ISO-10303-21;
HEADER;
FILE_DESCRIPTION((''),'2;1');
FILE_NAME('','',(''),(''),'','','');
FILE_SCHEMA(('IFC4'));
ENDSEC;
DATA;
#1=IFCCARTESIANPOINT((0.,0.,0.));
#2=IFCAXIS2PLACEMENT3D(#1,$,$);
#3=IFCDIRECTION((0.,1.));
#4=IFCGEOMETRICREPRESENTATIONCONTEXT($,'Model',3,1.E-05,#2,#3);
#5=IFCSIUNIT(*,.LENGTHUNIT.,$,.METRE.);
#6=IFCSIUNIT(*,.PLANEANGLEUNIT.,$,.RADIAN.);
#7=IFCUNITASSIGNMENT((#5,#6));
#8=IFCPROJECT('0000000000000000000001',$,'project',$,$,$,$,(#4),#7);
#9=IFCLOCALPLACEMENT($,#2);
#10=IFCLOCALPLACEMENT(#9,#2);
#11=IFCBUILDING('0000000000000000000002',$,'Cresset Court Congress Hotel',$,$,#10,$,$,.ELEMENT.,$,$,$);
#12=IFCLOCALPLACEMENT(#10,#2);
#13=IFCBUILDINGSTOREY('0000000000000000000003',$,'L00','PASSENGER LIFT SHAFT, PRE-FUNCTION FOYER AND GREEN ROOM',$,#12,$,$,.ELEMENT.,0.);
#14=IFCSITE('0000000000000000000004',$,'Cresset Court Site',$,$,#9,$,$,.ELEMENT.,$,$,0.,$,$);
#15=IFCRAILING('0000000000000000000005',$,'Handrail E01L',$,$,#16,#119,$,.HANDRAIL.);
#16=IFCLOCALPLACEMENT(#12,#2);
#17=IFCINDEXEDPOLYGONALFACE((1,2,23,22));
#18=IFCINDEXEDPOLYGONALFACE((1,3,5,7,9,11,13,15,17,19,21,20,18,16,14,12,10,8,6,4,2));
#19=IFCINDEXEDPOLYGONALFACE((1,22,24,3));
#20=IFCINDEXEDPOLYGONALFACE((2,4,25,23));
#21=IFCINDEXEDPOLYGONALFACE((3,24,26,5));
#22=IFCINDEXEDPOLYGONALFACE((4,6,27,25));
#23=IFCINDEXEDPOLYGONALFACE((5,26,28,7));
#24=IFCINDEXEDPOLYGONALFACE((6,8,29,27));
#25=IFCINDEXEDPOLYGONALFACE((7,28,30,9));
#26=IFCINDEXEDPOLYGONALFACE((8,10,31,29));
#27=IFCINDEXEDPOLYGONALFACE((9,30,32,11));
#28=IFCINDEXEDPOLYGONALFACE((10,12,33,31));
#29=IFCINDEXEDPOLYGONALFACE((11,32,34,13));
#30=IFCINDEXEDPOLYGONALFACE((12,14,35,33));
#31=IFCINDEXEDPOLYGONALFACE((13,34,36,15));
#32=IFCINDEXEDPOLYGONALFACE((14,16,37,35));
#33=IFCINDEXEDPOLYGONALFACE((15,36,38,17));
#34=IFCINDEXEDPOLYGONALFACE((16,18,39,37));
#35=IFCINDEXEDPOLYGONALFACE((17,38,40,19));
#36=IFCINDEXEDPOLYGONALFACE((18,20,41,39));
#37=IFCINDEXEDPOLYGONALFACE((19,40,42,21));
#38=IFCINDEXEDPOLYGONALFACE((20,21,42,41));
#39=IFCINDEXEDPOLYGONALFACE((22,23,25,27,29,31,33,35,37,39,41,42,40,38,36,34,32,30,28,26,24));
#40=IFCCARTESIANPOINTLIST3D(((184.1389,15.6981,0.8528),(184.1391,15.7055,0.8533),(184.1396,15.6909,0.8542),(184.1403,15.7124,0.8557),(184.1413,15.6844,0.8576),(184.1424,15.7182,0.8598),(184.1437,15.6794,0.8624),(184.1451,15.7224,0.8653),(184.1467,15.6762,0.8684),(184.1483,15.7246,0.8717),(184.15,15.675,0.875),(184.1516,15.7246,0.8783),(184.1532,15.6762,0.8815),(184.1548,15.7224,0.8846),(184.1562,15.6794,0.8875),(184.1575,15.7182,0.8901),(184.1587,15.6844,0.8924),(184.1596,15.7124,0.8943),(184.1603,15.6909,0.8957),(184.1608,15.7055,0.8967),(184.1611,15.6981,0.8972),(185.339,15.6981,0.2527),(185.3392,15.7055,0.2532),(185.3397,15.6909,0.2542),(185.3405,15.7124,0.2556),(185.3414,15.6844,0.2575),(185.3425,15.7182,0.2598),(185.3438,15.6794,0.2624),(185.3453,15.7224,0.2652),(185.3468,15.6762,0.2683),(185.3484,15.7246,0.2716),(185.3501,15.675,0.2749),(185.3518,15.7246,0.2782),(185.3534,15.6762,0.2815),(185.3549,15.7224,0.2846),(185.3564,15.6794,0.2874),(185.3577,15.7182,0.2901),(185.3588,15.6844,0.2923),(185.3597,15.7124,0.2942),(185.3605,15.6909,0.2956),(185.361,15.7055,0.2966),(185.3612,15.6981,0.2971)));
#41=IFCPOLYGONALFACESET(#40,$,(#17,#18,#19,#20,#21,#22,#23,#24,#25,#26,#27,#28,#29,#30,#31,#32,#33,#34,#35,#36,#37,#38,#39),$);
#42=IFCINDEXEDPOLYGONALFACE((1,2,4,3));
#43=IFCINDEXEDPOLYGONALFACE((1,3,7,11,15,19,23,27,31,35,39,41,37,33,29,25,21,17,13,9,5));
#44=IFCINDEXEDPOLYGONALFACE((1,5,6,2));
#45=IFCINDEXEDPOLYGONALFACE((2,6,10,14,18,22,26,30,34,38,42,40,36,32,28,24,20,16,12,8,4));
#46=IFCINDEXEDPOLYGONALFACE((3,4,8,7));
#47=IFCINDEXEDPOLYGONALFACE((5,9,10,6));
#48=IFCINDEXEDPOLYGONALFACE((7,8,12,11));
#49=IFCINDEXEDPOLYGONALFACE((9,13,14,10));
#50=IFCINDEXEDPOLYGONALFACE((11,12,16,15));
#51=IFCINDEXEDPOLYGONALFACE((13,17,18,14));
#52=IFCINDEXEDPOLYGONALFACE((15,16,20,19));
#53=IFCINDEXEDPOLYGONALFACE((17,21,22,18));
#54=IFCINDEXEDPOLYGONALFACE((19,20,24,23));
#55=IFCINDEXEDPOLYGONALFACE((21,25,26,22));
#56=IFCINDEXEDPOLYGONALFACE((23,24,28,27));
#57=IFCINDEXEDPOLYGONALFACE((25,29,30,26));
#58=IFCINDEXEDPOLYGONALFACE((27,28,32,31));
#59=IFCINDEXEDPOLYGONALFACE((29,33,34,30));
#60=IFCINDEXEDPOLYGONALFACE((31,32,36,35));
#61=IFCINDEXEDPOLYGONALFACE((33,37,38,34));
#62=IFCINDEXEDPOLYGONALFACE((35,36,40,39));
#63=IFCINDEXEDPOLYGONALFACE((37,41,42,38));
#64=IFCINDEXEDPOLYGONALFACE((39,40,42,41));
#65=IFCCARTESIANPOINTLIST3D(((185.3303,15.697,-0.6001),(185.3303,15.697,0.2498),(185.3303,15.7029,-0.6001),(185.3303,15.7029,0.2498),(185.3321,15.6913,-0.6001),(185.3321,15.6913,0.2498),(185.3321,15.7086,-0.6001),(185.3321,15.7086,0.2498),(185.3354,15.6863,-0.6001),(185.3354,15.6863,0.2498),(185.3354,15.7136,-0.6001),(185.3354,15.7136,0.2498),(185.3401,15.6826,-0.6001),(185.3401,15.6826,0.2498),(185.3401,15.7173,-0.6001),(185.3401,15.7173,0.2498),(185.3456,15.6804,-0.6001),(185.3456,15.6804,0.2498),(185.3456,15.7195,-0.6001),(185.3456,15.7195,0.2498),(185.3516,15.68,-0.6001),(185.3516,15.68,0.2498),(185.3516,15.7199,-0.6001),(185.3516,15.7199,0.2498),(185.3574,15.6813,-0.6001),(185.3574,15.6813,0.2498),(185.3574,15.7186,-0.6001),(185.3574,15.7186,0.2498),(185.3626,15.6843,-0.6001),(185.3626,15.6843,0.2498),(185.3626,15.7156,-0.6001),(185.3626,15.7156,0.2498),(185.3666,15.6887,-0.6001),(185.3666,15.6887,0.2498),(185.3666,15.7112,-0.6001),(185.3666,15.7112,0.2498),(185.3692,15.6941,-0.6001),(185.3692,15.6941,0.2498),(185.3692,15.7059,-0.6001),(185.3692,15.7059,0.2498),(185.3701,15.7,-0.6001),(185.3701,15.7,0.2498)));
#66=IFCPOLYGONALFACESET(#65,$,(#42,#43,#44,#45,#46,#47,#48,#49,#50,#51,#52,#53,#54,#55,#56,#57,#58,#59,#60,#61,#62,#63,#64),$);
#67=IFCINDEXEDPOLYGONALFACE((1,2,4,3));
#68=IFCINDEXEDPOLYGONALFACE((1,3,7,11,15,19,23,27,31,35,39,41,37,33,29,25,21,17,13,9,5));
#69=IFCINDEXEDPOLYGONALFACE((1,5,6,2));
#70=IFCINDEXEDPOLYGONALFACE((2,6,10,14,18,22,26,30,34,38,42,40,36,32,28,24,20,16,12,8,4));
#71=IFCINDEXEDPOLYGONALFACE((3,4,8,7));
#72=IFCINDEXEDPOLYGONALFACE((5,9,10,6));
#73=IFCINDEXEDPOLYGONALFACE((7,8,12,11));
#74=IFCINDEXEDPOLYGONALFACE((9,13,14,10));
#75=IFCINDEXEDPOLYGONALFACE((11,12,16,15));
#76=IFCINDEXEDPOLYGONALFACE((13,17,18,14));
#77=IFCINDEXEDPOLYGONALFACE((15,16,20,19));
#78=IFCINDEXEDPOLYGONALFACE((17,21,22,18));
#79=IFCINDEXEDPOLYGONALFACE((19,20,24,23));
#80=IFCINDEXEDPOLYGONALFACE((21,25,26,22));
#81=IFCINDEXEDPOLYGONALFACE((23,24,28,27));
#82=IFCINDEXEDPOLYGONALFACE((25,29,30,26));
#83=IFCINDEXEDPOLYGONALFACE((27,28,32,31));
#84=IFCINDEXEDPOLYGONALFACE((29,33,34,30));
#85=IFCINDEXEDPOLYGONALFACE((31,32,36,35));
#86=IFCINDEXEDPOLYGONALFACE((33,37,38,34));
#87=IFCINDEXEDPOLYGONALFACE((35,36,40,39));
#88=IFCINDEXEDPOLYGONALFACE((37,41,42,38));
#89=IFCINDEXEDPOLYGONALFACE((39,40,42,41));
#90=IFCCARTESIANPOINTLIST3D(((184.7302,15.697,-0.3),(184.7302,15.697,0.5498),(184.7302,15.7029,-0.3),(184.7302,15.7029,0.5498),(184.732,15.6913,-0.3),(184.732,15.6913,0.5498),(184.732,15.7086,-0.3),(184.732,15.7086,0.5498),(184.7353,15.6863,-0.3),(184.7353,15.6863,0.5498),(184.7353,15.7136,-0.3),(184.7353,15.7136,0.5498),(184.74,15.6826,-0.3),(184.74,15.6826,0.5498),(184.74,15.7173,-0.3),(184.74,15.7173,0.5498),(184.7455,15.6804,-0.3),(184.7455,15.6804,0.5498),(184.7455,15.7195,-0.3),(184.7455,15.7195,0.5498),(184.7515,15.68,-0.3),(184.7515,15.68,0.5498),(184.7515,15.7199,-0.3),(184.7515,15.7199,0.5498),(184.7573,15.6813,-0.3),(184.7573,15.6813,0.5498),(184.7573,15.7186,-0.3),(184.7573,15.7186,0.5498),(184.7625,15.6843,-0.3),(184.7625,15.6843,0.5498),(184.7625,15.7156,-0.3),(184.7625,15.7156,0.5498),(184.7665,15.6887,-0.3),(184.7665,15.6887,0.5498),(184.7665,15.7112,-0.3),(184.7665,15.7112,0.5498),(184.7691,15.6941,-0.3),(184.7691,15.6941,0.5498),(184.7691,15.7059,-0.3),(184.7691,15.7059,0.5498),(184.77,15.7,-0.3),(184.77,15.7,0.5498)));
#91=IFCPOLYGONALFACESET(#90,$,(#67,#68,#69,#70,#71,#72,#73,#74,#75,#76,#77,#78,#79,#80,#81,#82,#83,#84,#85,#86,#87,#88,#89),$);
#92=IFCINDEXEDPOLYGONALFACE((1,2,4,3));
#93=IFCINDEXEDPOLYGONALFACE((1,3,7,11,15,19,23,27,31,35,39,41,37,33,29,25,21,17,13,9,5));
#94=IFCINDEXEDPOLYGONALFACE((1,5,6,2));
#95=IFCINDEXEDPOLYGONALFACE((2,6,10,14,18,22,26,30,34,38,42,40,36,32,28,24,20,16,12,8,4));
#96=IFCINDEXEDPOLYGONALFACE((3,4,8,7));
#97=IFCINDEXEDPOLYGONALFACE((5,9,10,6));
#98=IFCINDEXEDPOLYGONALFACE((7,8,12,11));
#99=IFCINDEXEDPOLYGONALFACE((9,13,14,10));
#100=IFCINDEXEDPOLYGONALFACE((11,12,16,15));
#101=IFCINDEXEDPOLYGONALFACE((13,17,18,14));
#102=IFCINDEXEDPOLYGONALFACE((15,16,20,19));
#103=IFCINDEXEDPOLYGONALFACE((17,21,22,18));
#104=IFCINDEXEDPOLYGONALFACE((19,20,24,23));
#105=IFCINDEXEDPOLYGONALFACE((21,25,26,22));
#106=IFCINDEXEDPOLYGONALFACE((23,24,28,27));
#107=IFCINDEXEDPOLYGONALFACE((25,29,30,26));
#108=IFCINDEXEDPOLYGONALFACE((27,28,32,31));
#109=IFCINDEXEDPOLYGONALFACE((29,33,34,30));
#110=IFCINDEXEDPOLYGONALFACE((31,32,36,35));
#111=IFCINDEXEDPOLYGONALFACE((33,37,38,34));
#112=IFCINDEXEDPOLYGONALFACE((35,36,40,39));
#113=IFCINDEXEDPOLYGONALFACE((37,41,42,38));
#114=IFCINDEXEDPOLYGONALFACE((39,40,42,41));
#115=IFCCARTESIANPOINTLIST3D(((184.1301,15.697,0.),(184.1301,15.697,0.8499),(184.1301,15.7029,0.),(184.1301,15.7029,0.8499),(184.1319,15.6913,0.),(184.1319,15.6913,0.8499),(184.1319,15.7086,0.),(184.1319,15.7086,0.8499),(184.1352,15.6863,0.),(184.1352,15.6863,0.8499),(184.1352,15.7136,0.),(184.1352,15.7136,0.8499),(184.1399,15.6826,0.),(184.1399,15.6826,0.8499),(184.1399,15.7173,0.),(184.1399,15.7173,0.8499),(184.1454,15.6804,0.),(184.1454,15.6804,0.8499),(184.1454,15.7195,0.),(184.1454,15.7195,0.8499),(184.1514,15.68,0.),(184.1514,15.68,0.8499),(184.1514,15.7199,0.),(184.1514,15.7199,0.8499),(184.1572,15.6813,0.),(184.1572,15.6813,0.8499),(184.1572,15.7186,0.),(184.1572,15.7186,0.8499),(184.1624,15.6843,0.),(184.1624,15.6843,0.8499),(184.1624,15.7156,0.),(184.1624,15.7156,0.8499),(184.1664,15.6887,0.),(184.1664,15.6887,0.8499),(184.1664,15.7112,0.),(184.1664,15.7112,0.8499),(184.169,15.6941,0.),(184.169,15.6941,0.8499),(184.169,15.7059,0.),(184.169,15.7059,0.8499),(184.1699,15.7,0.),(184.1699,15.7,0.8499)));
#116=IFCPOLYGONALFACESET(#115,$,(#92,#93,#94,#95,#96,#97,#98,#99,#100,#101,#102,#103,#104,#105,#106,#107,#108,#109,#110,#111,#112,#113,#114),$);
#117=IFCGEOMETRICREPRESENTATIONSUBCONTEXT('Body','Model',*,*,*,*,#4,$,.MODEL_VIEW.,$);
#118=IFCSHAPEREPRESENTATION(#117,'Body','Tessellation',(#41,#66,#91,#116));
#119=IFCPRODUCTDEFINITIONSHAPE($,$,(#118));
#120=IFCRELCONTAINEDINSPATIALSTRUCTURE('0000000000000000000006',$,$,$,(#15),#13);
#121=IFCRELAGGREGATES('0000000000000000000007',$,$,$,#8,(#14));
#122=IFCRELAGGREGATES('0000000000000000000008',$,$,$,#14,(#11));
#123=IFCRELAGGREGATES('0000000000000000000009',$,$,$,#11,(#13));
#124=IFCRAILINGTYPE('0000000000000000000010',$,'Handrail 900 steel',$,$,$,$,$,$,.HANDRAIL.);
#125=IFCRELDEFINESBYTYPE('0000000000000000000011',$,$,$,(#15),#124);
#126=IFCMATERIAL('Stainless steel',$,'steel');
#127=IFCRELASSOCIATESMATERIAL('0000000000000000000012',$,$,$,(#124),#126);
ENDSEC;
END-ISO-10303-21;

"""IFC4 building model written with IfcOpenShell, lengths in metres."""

from ifc_helpers import new_model, si_unit, direction, frame, origin, origin_2d, place, context, subcontext, project, spatial, circle, extrude, material, type_object, element, save


model = new_model("IFC4")

# Units and contexts
model_context = context("Model", 3, precision=1e-05, world=origin(), true_north=direction((0.0, 1.0)))
body_context = subcontext(model_context, "Body", "Model", "MODEL_VIEW")
ifc_project = project(units=[si_unit("LENGTHUNIT", "METRE"), si_unit("PLANEANGLEUNIT", "RADIAN")], contexts=[model_context])

# Site, building, storey
site_placement = place(None, origin())
site = spatial("IfcSite", under=ifc_project, at=site_placement, Name="Cresset Court Site", CompositionType="ELEMENT", RefElevation=0.0)
building_placement = place(site_placement, origin())
building = spatial("IfcBuilding", under=site, at=building_placement, Name="Cresset Court Congress Hotel", CompositionType="ELEMENT")
storey_placement = place(building_placement, origin())
storey = spatial("IfcBuildingStorey", under=building, at=storey_placement, Name="L00", Description="PASSENGER LIFT SHAFT, PRE-FUNCTION FOYER AND GREEN ROOM", CompositionType="ELEMENT", Elevation=0.0)

# Railing
ifc_material_1 = material(Name="Stainless steel", Category="steel")
railing_type = type_object("IfcRailingType", Name="Handrail 900 steel", PredefinedType="HANDRAIL", material=ifc_material_1)
railing_placement = place(storey_placement, frame((185.3501, 15.7, -0.6001)))
element("IfcRailing", 1, at=railing_placement, inside=storey, type_object=railing_type, Name="Handrail E01L", PredefinedType="HANDRAIL", context=body_context, shape_type="SweptSolid", body=[
    extrude(circle(Radius=0.0249, at=origin_2d()), frame((0.0, 0.0, 0.875), z_axis=(-0.894427, 0.0, 0.447214), x_axis=(0.0, -1.0, 0.0)), (0.0, 0.0, 1.0), 1.3418),
    extrude(circle(Radius=0.02, at=origin_2d()), origin(), (0.0, 0.0, 1.0), 0.8499),
    extrude(circle(Radius=0.02, at=origin_2d()), frame((-0.6001, 0.0, 0.3)), (0.0, 0.0, 1.0), 0.8499),
    extrude(circle(Radius=0.02, at=origin_2d()), frame((-1.2002, 0.0, 0.6001)), (0.0, 0.0, 1.0), 0.8499),
])

save(model, "model.ifc")
